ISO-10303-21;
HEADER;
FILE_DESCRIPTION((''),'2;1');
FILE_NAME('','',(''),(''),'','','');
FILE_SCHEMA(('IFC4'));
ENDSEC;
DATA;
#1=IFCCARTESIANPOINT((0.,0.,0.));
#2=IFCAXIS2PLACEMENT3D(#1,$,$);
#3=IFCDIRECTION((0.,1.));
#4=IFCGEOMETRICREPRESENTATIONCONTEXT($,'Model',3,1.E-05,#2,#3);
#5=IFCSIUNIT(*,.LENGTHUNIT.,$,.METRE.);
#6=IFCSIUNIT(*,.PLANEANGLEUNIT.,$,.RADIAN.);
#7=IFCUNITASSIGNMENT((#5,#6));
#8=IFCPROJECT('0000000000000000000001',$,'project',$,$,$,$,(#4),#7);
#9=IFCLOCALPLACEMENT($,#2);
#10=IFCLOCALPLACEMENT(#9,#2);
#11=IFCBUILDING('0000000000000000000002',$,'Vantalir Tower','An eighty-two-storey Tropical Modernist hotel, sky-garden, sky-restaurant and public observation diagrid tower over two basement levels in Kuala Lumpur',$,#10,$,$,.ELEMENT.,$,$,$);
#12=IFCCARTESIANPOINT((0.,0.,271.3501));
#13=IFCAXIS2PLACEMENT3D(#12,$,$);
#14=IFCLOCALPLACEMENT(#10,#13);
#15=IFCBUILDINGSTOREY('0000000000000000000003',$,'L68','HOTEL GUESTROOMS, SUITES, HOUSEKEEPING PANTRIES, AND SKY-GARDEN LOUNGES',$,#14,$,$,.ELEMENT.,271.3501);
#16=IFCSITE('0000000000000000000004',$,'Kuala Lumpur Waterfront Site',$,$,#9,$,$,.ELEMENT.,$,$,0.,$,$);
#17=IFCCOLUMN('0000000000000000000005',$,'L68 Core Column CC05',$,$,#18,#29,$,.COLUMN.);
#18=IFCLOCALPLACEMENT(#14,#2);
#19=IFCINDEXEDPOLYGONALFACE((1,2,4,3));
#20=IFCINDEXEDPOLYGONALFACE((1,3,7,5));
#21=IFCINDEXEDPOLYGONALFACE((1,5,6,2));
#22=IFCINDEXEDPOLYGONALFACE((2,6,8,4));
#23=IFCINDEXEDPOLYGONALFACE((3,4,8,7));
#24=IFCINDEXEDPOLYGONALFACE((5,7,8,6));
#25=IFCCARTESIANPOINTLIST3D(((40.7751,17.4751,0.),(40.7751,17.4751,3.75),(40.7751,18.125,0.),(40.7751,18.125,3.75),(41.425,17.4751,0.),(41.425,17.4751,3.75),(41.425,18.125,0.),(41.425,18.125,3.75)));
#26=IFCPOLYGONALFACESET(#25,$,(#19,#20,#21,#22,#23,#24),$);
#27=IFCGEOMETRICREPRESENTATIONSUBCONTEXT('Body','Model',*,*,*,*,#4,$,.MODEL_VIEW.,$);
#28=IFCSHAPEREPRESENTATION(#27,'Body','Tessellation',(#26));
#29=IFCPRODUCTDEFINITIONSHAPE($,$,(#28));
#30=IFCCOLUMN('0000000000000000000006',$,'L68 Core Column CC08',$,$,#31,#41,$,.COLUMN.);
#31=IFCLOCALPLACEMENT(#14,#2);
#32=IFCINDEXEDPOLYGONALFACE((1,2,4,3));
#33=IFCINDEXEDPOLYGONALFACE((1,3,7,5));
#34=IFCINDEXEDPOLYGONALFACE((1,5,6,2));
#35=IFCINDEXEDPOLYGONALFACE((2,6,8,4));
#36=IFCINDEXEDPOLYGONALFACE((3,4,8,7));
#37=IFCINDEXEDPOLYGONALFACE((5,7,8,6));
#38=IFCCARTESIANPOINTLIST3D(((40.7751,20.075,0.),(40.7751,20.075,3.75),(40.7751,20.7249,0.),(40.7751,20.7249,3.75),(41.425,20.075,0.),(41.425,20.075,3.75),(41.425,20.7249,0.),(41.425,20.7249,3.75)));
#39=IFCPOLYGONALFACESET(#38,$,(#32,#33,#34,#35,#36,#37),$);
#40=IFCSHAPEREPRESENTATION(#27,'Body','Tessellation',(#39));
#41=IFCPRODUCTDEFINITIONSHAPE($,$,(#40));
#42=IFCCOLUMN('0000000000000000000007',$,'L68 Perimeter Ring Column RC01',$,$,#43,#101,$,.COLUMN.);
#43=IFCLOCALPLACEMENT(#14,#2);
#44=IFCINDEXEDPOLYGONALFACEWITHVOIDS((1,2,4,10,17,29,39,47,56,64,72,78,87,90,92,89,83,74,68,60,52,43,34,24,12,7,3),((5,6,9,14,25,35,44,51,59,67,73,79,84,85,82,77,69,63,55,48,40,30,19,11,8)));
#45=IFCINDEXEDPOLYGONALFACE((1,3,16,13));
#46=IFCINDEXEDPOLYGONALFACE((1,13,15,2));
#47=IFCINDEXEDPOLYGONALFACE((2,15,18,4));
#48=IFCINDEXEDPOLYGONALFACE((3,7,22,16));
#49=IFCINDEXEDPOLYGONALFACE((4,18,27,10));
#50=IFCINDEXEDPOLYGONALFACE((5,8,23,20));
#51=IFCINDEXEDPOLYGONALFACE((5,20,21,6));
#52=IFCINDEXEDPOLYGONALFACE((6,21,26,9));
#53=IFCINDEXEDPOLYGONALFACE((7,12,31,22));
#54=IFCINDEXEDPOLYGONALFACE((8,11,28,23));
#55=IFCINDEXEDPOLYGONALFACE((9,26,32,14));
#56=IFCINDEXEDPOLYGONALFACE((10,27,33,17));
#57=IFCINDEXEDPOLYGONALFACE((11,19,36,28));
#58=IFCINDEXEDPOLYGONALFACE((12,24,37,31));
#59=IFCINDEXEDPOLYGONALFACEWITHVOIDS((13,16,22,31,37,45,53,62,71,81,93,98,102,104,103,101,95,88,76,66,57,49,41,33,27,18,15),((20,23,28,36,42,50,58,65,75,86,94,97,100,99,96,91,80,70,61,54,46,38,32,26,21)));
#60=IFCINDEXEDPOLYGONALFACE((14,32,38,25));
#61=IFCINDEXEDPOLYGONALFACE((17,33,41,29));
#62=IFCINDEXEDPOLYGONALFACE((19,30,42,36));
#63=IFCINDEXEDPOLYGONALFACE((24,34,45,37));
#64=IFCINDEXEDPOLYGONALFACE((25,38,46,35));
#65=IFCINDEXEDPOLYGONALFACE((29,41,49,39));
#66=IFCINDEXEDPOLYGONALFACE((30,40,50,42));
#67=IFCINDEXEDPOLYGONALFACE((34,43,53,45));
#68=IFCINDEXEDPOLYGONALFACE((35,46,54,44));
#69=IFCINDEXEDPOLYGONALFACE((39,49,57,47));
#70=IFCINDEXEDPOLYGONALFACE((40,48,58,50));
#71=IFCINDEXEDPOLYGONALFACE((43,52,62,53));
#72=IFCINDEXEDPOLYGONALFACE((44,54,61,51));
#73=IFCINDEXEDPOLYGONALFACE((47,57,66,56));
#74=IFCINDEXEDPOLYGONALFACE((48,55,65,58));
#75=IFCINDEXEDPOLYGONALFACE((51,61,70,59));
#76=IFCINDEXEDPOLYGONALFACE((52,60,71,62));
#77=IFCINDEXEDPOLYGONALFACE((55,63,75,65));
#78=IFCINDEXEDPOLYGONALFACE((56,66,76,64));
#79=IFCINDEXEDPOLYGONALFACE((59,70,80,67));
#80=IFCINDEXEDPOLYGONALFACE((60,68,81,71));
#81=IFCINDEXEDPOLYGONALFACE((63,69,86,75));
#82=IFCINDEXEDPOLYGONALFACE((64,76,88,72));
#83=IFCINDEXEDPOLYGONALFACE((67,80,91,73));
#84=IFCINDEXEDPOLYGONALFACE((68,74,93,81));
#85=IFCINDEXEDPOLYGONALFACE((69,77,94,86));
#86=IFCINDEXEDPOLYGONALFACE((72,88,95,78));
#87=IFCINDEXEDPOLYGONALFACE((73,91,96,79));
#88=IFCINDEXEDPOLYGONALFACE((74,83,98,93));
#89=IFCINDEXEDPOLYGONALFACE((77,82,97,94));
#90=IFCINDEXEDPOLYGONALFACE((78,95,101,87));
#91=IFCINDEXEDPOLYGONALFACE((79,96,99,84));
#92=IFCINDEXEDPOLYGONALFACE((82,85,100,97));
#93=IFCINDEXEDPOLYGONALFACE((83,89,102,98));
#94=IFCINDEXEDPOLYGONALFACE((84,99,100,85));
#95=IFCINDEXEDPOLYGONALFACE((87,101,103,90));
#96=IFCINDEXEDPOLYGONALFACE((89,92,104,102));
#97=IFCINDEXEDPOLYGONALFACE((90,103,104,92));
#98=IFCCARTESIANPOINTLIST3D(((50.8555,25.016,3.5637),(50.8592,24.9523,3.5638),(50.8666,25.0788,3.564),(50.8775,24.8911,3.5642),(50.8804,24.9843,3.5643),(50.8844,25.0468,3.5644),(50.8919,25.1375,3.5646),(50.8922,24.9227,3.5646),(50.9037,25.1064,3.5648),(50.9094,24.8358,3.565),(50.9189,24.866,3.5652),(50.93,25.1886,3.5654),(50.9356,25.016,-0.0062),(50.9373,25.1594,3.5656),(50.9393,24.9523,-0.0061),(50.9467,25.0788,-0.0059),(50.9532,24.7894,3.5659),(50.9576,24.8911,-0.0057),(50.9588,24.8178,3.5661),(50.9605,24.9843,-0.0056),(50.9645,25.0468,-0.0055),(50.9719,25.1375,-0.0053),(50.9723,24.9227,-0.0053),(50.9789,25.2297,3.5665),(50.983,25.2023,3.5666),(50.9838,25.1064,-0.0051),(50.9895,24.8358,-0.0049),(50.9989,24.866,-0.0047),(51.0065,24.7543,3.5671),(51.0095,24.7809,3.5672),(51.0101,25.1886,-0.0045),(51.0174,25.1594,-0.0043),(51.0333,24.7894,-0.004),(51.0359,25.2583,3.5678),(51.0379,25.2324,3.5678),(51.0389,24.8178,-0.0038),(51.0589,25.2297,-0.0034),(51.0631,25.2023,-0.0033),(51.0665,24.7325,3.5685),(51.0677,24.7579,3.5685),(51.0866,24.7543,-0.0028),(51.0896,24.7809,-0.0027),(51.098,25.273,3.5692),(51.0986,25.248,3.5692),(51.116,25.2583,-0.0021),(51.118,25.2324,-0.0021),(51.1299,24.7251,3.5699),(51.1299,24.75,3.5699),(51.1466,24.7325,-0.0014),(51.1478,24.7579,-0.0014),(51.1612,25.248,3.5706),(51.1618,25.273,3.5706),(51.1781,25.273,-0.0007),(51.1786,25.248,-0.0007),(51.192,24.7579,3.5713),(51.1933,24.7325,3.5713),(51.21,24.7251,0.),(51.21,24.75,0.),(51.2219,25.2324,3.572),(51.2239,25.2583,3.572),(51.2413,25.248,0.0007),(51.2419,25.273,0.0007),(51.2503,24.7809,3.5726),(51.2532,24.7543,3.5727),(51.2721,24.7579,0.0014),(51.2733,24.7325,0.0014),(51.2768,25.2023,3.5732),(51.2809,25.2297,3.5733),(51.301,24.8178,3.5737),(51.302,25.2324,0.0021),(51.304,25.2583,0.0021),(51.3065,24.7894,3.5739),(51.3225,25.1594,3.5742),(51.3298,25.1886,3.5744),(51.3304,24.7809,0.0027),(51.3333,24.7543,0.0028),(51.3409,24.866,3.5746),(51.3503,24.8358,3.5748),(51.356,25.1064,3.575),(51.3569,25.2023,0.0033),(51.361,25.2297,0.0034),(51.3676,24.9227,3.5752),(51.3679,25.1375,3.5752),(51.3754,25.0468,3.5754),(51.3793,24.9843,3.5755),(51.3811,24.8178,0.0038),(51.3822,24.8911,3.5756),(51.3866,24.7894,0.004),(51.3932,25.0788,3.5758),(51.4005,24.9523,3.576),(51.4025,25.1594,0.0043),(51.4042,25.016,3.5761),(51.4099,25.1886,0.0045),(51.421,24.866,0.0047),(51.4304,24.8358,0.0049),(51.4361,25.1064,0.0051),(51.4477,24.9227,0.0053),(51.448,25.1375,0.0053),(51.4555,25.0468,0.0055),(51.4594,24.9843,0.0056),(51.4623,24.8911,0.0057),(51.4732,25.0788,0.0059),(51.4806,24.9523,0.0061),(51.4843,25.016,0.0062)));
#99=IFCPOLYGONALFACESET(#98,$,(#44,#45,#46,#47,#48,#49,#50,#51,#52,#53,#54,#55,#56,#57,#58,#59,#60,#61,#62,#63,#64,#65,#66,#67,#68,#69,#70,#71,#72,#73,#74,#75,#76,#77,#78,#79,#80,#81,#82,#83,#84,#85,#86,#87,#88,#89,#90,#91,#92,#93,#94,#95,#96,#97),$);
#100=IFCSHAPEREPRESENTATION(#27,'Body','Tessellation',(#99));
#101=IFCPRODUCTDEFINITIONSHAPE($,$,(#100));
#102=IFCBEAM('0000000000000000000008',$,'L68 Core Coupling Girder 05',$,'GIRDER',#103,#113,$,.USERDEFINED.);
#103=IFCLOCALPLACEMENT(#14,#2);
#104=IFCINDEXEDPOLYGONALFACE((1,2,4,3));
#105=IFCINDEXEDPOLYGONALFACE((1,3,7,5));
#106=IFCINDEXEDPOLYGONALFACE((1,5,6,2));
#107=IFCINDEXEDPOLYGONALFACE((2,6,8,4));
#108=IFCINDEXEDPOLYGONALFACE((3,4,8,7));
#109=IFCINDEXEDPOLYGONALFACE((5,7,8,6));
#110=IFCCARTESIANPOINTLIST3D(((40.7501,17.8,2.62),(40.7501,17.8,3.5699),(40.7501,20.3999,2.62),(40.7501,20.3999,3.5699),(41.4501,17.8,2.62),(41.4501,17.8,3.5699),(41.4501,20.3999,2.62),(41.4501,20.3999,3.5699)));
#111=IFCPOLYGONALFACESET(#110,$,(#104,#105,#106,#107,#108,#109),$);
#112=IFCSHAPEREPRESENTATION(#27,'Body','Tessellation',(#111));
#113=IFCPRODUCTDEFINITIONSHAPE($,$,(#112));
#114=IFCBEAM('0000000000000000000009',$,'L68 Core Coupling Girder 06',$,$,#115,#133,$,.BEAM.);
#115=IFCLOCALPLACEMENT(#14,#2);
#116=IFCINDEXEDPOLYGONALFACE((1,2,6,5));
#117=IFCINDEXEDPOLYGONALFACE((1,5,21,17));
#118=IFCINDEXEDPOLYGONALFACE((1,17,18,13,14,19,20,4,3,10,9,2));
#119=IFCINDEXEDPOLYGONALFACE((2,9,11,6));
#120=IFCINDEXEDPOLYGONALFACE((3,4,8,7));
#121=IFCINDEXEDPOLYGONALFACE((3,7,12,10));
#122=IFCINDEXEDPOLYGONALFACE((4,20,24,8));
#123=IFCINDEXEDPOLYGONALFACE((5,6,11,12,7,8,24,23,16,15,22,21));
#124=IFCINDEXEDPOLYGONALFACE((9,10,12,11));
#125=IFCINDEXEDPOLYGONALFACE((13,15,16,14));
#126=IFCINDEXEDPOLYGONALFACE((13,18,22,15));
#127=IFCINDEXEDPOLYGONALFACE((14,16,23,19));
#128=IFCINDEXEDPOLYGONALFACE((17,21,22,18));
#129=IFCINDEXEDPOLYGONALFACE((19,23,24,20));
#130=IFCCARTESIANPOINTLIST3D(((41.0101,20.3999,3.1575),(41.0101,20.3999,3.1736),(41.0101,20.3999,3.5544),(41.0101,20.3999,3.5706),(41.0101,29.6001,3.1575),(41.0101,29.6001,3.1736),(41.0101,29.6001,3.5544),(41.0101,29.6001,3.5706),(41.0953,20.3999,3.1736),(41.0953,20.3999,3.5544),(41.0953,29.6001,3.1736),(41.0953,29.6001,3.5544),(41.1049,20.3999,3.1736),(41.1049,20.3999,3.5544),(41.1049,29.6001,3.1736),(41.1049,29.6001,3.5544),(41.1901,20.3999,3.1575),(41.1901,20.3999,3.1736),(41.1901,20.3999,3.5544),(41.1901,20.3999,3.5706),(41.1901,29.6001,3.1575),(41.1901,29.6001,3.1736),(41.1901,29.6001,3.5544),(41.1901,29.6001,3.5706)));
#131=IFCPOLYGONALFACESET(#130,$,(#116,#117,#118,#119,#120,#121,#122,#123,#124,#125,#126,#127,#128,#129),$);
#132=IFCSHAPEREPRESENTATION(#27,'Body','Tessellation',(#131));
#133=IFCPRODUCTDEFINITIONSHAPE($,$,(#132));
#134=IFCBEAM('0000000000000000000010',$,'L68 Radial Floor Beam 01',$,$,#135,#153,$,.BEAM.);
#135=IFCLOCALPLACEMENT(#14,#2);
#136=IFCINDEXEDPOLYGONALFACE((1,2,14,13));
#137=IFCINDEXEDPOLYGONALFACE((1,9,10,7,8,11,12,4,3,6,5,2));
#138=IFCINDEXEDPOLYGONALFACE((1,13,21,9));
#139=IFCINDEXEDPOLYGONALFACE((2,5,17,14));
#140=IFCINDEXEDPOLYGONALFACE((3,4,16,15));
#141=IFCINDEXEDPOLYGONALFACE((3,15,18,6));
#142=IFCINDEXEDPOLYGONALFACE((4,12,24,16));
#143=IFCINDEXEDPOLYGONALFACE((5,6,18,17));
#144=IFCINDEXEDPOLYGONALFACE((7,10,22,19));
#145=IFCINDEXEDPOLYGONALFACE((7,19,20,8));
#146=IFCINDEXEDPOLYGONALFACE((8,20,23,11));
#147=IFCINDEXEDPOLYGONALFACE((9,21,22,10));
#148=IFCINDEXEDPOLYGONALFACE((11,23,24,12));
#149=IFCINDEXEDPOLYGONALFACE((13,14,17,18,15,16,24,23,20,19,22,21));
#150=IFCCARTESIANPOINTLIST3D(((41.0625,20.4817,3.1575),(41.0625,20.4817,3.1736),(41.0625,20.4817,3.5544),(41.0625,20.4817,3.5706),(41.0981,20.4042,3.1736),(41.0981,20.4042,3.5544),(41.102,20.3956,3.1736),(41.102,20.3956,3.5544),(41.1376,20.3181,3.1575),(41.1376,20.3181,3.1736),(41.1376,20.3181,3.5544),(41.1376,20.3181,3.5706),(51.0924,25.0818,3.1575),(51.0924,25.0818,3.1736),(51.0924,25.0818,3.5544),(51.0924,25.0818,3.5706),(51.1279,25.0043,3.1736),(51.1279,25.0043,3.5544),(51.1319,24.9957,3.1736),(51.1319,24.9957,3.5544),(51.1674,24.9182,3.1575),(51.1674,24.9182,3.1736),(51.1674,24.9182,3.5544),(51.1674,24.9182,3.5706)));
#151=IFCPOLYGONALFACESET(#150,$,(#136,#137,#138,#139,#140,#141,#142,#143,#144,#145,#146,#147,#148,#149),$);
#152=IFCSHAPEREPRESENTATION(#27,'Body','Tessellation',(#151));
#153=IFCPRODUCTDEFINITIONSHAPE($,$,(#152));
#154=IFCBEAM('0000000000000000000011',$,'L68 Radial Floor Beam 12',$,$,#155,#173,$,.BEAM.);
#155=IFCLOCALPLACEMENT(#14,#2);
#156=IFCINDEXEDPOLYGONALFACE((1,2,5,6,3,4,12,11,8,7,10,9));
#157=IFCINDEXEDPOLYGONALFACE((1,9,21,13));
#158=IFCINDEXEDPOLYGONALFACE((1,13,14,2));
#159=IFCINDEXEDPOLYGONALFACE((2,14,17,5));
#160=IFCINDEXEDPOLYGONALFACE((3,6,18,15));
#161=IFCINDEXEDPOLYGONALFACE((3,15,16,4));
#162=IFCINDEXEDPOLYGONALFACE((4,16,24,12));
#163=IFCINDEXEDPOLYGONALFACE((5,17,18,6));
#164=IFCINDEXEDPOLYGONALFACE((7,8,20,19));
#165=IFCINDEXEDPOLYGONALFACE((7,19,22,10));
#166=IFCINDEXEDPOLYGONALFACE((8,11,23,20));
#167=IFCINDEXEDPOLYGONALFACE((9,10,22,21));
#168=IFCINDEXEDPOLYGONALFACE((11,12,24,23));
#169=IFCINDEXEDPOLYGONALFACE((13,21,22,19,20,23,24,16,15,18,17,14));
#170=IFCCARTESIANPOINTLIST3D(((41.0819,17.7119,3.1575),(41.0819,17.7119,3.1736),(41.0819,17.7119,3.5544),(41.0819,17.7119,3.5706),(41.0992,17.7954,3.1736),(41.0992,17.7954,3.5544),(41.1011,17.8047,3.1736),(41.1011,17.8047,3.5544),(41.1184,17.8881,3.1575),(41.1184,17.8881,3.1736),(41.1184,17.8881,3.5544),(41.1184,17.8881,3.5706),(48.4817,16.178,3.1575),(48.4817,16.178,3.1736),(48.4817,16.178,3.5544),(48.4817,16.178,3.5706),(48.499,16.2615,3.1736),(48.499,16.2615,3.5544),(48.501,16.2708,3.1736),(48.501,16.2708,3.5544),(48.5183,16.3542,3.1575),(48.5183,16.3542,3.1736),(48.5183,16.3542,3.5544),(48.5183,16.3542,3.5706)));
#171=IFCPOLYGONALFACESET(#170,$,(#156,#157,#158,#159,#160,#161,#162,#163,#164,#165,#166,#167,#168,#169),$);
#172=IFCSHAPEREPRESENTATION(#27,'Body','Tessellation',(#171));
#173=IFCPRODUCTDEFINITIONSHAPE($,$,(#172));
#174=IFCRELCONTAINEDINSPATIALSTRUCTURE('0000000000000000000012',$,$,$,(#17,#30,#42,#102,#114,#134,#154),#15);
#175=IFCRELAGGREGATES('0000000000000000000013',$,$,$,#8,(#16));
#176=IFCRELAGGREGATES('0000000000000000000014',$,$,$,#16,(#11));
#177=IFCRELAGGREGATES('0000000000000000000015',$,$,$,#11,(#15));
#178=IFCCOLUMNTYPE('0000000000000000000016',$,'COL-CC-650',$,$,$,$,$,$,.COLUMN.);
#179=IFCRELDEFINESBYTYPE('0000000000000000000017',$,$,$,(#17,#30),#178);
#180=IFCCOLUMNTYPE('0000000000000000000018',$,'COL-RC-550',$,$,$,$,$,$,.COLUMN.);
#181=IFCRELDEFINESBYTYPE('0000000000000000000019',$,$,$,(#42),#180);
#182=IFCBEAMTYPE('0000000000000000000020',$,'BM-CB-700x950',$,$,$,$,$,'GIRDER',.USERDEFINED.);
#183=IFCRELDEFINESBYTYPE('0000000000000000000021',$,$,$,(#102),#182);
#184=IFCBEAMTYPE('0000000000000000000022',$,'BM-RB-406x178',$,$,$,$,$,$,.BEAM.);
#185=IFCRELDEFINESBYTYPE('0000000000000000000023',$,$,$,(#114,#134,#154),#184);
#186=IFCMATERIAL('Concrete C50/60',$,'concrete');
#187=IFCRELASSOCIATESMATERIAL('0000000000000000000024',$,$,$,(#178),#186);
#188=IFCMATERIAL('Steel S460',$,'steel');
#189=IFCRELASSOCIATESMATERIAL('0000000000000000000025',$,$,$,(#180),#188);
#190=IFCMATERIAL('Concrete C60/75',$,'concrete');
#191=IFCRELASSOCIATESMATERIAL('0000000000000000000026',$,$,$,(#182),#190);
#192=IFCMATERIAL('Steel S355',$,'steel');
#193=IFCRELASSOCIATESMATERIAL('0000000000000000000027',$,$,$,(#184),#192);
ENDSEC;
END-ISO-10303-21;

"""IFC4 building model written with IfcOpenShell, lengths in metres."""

from ifc_helpers import new_model, si_unit, direction, frame, origin, origin_2d, place, context, subcontext, project, spatial, rectangle, hollow_circle, i_section, extrude, material, material_profile, profile_set, type_object, element, save


model = new_model("IFC4")

# Units and contexts
model_context = context("Model", 3, precision=1e-05, world=origin(), true_north=direction((0.0, 1.0)))
body_context = subcontext(model_context, "Body", "Model", "MODEL_VIEW")
ifc_project = project(units=[si_unit("LENGTHUNIT", "METRE"), si_unit("PLANEANGLEUNIT", "RADIAN")], contexts=[model_context])

# Site, building, storey
site_placement = place(None, origin())
site = spatial("IfcSite", under=ifc_project, at=site_placement, Name="Kuala Lumpur Waterfront Site", CompositionType="ELEMENT", RefElevation=0.0)
building_placement = place(site_placement, origin())
building = spatial("IfcBuilding", under=site, at=building_placement, Name="Vantalir Tower", Description="An eighty-two-storey Tropical Modernist hotel, sky-garden, sky-restaurant and public observation diagrid tower over two basement levels in Kuala Lumpur", CompositionType="ELEMENT")
storey_placement = place(building_placement, frame((0.0, 0.0, 271.3501)))
storey = spatial("IfcBuildingStorey", under=building, at=storey_placement, Name="L68", Description="HOTEL GUESTROOMS, SUITES, HOUSEKEEPING PANTRIES, AND SKY-GARDEN LOUNGES", CompositionType="ELEMENT", Elevation=271.3501)

# Columns
ifc_material_1 = material(Name="Concrete C50/60", Category="concrete")
ifc_material_profile_1 = material_profile(ifc_material_1, rectangle(XDim=0.6499, YDim=0.6499, at=origin_2d()), Name="Concrete C50/60")
ifc_profile_set_1 = profile_set([ifc_material_profile_1], Name="Concrete C50/60")
column_type_1 = type_object("IfcColumnType", Name="COL-CC-650", PredefinedType="COLUMN", material=ifc_profile_set_1)
for number, where, z_axis, x_axis, name in (
    (1, (41.1001, 17.8, 0.0), (0.0, 0.0, 1.0), (1.0, 0.0, 0.0), "L68 Core Column CC05"),
    (2, (41.1001, 20.3999, 0.0), (0.0, 0.0, 1.0), (1.0, 0.0, 0.0), "L68 Core Column CC08"),
):
    element("IfcColumn", number, at=place(storey_placement, frame(where, z_axis=z_axis, x_axis=x_axis)), inside=storey, type_object=column_type_1, Name=name, PredefinedType="COLUMN", context=body_context, shape_type="SweptSolid", body=[
        extrude(rectangle(XDim=0.6499, YDim=0.6499, at=origin_2d()), origin(), (0.0, 0.0, 1.0), 3.75),
    ])
ifc_material_2 = material(Name="Steel S460", Category="steel")
ifc_material_profile_2 = material_profile(ifc_material_2, hollow_circle(Radius=0.2749, WallThickness=0.0249, at=origin_2d()), Name="Steel S460")
ifc_profile_set_2 = profile_set([ifc_material_profile_2], Name="Steel S460")
column_type_2 = type_object("IfcColumnType", Name="COL-RC-550", PredefinedType="COLUMN", material=ifc_profile_set_2)
column_placement = place(storey_placement, frame((51.21, 25.0, 0.0), z_axis=(-0.022426, 0.0, 0.999748), x_axis=(0.0, -1.0, 0.0)))
element("IfcColumn", 3, at=column_placement, inside=storey, type_object=column_type_2, Name="L68 Perimeter Ring Column RC01", PredefinedType="COLUMN", context=body_context, shape_type="SweptSolid", body=[
    extrude(hollow_circle(Radius=0.2749, WallThickness=0.0249, at=origin_2d()), origin(), (0.0, 0.0, 1.0), 3.5708),
])

# Beams
ifc_material_3 = material(Name="Concrete C60/75", Category="concrete")
ifc_material_profile_3 = material_profile(ifc_material_3, rectangle(XDim=0.7, YDim=0.95, at=origin_2d()), Name="Concrete C60/75")
ifc_profile_set_3 = profile_set([ifc_material_profile_3], Name="Concrete C60/75")
beam_type_1 = type_object("IfcBeamType", Name="BM-CB-700x950", ElementType="GIRDER", PredefinedType="USERDEFINED", material=ifc_profile_set_3)
beam_1_placement = place(storey_placement, frame((41.1001, 17.8, 3.095), z_axis=(0.0, 1.0, 0.0), x_axis=(-1.0, 0.0, 0.0)))
element("IfcBeam", 4, at=beam_1_placement, inside=storey, type_object=beam_type_1, Name="L68 Core Coupling Girder 05", ObjectType="GIRDER", PredefinedType="USERDEFINED", context=body_context, shape_type="SweptSolid", body=[
    extrude(rectangle(XDim=0.7, YDim=0.95, at=origin_2d()), origin(), (0.0, 0.0, 1.0), 2.5999),
])
ifc_material_4 = material(Name="Steel S355", Category="steel")
ifc_material_profile_4 = material_profile(ifc_material_4, i_section(OverallWidth=0.1799, OverallDepth=0.4131, WebThickness=0.0095, FlangeThickness=0.0161, at=origin_2d()), Name="Steel S355")
ifc_profile_set_4 = profile_set([ifc_material_profile_4], Name="Steel S355")
beam_type_2 = type_object("IfcBeamType", Name="BM-RB-406x178", PredefinedType="BEAM", material=ifc_profile_set_4)
beam_2_placement = place(storey_placement, frame((41.1001, 20.3999, 3.364), z_axis=(0.0, 1.0, 0.0), x_axis=(-1.0, 0.0, 0.0)))
element("IfcBeam", 5, at=beam_2_placement, inside=storey, type_object=beam_type_2, Name="L68 Core Coupling Girder 06", PredefinedType="BEAM", context=body_context, shape_type="SweptSolid", body=[
    extrude(i_section(OverallWidth=0.1799, OverallDepth=0.4131, WebThickness=0.0095, FlangeThickness=0.0161, at=origin_2d()), origin(), (0.0, 0.0, 1.0), 9.2002),
])
beam_3_placement = place(storey_placement, frame((51.1299, 25.0, 3.364), z_axis=(-0.908958, -0.416888, 0.0), x_axis=(0.416888, -0.908958, 0.0)))
element("IfcBeam", 6, at=beam_3_placement, inside=storey, type_object=beam_type_2, Name="L68 Radial Floor Beam 01", PredefinedType="BEAM", context=body_context, shape_type="SweptSolid", body=[
    extrude(i_section(OverallWidth=0.1799, OverallDepth=0.4131, WebThickness=0.0095, FlangeThickness=0.0161, at=origin_2d()), origin(), (0.0, 0.0, 1.0), 11.0344),
])
beam_4_placement = place(storey_placement, frame((48.5, 16.2661, 3.364), z_axis=(-0.979184, 0.202976, 0.0), x_axis=(-0.202976, -0.979184, 0.0)))
element("IfcBeam", 7, at=beam_4_placement, inside=storey, type_object=beam_type_2, Name="L68 Radial Floor Beam 12", PredefinedType="BEAM", context=body_context, shape_type="SweptSolid", body=[
    extrude(i_section(OverallWidth=0.1799, OverallDepth=0.4131, WebThickness=0.0095, FlangeThickness=0.0161, at=origin_2d()), origin(), (0.0, 0.0, 1.0), 7.5571),
])

save(model, "model.ifc")
